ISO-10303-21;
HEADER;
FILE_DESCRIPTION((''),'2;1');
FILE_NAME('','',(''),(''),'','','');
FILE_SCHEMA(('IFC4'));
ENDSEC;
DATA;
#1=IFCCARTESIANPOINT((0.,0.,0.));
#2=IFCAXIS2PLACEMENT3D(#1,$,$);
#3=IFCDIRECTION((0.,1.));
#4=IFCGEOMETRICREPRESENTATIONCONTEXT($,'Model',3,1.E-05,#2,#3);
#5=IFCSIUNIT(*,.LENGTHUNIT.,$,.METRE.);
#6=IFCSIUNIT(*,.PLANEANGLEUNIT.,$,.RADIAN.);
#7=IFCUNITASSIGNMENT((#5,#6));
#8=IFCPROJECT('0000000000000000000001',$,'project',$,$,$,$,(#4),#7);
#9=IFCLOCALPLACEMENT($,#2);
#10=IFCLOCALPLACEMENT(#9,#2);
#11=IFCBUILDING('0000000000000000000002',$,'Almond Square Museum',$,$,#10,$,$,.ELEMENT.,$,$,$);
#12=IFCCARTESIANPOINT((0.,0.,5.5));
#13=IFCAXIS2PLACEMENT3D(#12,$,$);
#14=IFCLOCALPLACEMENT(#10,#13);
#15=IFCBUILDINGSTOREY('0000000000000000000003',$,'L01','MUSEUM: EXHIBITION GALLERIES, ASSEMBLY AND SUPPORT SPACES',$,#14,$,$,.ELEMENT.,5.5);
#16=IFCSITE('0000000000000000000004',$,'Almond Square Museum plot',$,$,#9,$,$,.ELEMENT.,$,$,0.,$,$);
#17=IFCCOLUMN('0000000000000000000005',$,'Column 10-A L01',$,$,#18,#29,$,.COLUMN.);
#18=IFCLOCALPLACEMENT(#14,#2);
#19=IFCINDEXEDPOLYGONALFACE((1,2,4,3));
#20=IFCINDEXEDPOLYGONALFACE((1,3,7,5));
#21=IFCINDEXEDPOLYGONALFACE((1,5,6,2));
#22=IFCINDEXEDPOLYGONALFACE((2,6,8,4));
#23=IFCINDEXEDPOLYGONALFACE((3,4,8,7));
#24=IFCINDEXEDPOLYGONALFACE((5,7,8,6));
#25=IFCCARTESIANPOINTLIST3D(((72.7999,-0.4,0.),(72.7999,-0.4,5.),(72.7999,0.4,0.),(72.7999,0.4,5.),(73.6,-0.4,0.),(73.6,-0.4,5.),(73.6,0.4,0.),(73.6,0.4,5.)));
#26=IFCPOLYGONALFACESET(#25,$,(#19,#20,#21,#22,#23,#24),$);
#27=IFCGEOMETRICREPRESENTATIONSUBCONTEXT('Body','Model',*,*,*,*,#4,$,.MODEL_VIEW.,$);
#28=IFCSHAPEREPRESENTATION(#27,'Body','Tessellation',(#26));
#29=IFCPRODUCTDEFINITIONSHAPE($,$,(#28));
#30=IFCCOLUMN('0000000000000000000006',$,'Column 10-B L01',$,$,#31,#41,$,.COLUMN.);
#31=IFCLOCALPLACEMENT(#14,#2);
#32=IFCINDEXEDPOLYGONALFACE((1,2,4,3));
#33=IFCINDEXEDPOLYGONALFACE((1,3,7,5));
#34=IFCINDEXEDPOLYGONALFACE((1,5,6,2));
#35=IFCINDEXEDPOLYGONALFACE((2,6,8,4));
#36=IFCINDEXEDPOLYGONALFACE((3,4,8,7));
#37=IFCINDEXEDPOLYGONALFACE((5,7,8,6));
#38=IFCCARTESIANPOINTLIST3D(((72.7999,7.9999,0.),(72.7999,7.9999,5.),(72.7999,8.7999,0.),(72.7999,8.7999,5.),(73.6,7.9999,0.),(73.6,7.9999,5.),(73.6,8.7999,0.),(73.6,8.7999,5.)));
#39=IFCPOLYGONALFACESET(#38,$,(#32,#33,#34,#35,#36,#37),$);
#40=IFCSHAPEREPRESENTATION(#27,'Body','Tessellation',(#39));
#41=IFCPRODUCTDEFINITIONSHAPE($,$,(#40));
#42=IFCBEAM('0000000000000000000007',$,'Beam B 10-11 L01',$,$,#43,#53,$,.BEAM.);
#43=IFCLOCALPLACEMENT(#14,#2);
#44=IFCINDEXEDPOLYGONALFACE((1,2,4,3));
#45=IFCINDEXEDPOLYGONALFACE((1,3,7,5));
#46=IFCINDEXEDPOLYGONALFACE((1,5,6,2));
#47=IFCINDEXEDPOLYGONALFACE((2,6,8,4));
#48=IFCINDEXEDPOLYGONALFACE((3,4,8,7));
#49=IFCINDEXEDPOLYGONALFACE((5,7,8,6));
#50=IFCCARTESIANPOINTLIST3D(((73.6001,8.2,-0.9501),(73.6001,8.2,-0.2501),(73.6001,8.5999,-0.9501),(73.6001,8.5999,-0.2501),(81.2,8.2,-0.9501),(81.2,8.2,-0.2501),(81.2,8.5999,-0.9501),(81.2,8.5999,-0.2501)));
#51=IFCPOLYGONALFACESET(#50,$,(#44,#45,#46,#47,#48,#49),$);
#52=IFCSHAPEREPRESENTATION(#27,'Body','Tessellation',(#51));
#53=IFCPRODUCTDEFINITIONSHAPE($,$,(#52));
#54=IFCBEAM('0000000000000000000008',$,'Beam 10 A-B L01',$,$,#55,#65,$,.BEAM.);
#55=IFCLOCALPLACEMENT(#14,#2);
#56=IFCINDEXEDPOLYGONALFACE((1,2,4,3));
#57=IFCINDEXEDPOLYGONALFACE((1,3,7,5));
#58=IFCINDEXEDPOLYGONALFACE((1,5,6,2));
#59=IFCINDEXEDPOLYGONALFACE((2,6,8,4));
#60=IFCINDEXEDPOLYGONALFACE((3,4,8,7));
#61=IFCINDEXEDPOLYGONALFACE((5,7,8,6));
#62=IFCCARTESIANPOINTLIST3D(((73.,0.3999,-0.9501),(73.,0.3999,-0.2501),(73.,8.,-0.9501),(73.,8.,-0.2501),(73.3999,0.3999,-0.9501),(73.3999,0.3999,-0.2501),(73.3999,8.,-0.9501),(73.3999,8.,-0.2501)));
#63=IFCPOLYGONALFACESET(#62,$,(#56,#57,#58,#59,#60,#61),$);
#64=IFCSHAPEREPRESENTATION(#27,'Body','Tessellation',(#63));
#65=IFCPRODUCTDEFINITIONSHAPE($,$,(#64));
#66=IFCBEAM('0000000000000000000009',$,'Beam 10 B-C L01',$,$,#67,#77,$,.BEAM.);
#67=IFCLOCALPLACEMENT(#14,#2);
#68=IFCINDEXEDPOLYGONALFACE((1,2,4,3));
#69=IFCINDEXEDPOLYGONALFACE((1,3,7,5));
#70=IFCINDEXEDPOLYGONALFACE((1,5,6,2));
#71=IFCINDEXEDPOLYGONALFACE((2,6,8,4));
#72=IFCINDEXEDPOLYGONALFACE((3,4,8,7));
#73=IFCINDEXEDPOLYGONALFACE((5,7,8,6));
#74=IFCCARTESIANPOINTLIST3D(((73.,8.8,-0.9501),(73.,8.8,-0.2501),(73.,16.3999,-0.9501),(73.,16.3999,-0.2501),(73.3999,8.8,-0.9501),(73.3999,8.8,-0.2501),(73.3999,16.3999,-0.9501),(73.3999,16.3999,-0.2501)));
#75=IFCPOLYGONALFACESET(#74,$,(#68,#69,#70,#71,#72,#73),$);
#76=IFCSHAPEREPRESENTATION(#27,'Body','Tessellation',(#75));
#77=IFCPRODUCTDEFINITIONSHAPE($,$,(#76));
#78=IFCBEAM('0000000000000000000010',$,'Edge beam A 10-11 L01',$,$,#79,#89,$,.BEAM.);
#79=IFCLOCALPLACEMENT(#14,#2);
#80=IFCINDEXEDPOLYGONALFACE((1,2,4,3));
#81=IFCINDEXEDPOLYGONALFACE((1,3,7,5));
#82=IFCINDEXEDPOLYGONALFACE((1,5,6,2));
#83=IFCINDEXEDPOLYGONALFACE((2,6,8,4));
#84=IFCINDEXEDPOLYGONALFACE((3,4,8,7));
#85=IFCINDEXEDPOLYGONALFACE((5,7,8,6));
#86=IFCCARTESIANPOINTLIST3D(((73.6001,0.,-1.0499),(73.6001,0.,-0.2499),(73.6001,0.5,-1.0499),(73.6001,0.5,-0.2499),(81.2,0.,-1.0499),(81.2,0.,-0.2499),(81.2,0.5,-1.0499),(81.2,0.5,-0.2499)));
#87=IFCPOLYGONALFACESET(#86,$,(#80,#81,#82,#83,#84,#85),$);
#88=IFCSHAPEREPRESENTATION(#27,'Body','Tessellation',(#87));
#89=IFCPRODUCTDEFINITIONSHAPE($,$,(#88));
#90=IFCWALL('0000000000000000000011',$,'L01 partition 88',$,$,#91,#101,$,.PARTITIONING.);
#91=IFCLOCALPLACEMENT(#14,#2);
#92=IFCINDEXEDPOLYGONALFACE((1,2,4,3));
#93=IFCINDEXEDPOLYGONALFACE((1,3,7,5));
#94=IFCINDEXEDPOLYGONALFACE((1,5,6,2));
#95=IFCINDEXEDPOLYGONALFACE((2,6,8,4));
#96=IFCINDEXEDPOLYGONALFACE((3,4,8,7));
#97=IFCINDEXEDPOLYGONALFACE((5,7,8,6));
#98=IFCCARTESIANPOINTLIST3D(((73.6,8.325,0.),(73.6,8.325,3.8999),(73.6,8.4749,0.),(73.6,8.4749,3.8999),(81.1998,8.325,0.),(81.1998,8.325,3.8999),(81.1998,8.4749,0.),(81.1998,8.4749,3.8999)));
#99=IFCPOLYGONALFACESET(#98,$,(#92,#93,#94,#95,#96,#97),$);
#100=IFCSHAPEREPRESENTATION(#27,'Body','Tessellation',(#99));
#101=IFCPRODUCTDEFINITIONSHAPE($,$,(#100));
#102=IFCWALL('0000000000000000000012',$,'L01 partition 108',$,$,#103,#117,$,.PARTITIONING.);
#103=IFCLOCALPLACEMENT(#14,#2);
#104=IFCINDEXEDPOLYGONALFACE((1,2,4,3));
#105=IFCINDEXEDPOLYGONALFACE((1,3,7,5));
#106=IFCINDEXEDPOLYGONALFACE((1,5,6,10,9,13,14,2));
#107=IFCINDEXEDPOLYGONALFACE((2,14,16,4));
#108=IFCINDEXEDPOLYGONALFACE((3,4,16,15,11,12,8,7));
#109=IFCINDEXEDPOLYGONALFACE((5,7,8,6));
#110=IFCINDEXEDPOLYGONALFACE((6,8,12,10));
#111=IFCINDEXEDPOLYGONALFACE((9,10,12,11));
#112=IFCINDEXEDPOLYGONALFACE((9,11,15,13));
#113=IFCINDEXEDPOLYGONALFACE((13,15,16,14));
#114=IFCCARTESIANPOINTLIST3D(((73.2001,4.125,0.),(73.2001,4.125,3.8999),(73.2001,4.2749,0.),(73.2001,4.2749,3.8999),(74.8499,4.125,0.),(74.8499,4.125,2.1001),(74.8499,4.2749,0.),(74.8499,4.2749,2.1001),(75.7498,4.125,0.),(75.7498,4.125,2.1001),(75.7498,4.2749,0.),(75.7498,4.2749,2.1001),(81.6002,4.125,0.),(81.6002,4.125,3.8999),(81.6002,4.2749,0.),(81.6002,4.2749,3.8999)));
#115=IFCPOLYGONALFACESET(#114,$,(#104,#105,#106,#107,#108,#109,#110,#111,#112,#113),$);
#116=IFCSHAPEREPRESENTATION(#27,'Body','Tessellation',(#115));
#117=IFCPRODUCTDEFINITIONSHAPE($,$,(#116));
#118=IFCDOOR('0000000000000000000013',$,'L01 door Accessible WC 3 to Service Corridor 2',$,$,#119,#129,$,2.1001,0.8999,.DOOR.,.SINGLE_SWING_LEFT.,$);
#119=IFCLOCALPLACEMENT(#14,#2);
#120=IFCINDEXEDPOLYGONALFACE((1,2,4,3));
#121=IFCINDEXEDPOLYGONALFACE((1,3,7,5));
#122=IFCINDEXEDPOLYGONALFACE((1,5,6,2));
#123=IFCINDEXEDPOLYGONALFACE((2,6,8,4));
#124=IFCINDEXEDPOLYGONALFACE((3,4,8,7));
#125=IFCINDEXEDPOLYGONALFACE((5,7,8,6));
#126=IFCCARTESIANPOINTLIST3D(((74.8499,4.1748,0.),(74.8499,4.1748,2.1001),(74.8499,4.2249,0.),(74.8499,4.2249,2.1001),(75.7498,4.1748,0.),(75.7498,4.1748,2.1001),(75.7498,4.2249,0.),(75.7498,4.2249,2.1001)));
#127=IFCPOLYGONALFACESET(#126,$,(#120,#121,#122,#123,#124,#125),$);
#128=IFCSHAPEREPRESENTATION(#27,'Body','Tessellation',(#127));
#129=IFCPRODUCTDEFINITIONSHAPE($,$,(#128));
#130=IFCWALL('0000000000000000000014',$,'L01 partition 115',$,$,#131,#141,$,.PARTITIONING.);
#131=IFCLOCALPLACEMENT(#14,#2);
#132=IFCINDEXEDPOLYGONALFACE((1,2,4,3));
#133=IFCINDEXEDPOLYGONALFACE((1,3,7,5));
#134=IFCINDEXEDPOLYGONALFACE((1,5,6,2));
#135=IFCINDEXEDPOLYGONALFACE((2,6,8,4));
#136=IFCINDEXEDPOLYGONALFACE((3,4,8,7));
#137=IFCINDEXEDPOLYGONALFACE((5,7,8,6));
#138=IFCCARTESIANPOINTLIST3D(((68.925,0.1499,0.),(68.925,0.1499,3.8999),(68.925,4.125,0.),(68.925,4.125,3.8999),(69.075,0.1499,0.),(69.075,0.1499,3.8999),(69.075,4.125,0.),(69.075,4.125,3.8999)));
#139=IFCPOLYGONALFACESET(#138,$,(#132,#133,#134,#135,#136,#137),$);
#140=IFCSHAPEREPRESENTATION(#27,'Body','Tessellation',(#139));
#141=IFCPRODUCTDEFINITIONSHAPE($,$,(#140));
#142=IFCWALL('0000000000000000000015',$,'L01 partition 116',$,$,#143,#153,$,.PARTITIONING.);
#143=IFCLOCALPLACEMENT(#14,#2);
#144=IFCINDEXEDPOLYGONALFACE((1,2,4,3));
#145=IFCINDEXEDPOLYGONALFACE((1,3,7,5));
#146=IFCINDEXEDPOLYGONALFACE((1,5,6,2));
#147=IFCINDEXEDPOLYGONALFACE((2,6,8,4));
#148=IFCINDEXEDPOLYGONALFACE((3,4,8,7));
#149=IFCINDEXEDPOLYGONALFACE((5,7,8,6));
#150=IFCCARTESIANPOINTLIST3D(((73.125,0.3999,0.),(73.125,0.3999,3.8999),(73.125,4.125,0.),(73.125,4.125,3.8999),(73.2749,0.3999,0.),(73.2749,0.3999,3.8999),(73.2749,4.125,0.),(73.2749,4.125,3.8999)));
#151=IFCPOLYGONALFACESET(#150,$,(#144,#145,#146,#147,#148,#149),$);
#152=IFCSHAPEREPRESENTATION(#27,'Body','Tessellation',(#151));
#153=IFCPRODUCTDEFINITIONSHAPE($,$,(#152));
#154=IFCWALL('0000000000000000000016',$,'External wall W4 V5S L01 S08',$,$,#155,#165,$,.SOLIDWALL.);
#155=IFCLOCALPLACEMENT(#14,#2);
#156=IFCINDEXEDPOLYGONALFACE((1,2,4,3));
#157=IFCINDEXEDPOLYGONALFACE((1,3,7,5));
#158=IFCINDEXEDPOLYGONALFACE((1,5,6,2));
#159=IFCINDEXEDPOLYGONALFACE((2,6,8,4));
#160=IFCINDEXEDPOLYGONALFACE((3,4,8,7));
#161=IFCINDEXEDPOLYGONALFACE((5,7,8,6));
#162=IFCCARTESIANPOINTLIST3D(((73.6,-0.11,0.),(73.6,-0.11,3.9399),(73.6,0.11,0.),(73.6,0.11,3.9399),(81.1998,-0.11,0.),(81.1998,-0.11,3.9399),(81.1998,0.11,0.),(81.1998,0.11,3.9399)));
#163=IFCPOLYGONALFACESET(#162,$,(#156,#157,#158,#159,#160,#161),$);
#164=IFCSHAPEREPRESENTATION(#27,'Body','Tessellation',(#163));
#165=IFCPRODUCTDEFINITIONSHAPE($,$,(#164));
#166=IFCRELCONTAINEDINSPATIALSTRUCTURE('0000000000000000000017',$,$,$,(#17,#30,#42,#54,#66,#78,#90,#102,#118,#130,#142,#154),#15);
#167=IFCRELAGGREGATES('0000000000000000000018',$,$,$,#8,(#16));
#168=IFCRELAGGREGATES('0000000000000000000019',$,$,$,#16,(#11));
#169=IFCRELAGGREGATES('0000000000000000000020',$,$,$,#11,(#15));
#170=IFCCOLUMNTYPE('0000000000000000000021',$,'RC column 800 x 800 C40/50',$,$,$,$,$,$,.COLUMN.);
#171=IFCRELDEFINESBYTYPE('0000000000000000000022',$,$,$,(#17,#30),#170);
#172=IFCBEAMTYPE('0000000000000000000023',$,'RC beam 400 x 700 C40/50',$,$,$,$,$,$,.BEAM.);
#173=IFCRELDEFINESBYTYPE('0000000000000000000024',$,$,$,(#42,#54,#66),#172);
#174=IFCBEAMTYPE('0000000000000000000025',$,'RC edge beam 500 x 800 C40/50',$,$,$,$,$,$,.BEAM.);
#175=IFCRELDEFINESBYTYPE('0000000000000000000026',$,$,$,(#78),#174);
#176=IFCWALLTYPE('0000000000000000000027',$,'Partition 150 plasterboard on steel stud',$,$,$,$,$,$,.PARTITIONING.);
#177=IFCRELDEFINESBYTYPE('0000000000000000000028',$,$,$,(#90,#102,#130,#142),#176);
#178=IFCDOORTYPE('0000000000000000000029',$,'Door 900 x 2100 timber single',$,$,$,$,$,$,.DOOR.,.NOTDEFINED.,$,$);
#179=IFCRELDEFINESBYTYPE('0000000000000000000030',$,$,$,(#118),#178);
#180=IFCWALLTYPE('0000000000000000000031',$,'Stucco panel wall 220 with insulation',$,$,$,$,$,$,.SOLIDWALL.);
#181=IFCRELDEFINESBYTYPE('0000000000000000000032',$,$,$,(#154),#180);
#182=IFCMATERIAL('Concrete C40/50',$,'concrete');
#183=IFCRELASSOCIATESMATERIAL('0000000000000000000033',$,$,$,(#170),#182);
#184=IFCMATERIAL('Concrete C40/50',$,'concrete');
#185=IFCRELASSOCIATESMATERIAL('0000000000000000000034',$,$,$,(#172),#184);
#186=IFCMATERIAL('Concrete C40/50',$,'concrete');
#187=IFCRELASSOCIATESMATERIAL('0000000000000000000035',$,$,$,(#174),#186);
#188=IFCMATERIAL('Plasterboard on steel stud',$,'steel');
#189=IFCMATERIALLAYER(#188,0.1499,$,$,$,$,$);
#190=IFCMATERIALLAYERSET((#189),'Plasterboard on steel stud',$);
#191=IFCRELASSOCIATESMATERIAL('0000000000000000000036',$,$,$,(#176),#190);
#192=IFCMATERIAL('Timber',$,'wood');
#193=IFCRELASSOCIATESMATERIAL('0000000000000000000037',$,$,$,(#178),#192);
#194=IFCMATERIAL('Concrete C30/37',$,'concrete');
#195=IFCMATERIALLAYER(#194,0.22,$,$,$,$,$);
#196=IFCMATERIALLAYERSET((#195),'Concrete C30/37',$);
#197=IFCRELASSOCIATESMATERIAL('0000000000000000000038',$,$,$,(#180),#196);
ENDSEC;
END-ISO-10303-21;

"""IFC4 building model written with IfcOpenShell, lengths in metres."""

from ifc_helpers import new_model, si_unit, direction, frame, frame_2d, origin, origin_2d, place, context, subcontext, project, spatial, rectangle, extrude, material, layer, layer_set, material_profile, profile_set, type_object, element, fill, save


model = new_model("IFC4")

# Units and contexts
model_context = context("Model", 3, precision=1e-05, world=origin(), true_north=direction((0.0, 1.0)))
body_context = subcontext(model_context, "Body", "Model", "MODEL_VIEW")
ifc_project = project(units=[si_unit("LENGTHUNIT", "METRE"), si_unit("PLANEANGLEUNIT", "RADIAN")], contexts=[model_context])

# Site, building, storey
site_placement = place(None, origin())
site = spatial("IfcSite", under=ifc_project, at=site_placement, Name="Almond Square Museum plot", CompositionType="ELEMENT", RefElevation=0.0)
building_placement = place(site_placement, origin())
building = spatial("IfcBuilding", under=site, at=building_placement, Name="Almond Square Museum", CompositionType="ELEMENT")
storey_placement = place(building_placement, frame((0.0, 0.0, 5.5)))
storey = spatial("IfcBuildingStorey", under=building, at=storey_placement, Name="L01", Description="MUSEUM: EXHIBITION GALLERIES, ASSEMBLY AND SUPPORT SPACES", CompositionType="ELEMENT", Elevation=5.5)

# Columns
ifc_material_1 = material(Name="Concrete C40/50", Category="concrete")
ifc_material_profile_1 = material_profile(ifc_material_1, rectangle(XDim=0.8, YDim=0.8, at=origin_2d()))
ifc_profile_set_1 = profile_set([ifc_material_profile_1], Name="Concrete C40/50")
column_type = type_object("IfcColumnType", Name="RC column 800 x 800 C40/50", PredefinedType="COLUMN", material=ifc_profile_set_1)
for number, where, z_axis, x_axis, name in (
    (1, (73.2, 0.0, 0.0), (0.0, 0.0, 1.0), (1.0, 0.0, 0.0), "Column 10-A L01"),
    (2, (73.2, 8.3999, 0.0), (0.0, 0.0, 1.0), (1.0, 0.0, 0.0), "Column 10-B L01"),
):
    element("IfcColumn", number, at=place(storey_placement, frame(where, z_axis=z_axis, x_axis=x_axis)), inside=storey, type_object=column_type, Name=name, PredefinedType="COLUMN", context=body_context, shape_type="SweptSolid", body=[
        extrude(rectangle(XDim=0.8, YDim=0.8, at=origin_2d()), origin(), (0.0, 0.0, 1.0), 5.0),
    ])

# Beams
ifc_material_2 = material(Name="Concrete C40/50", Category="concrete")
ifc_material_profile_2 = material_profile(ifc_material_2, rectangle(XDim=0.3999, YDim=0.7, at=origin_2d()))
ifc_profile_set_2 = profile_set([ifc_material_profile_2], Name="Concrete C40/50")
beam_type_1 = type_object("IfcBeamType", Name="RC beam 400 x 700 C40/50", PredefinedType="BEAM", material=ifc_profile_set_2)
beam_1_placement = place(storey_placement, frame((73.6001, 8.3999, -0.6001), z_axis=(1.0, 0.0, 0.0), x_axis=(0.0, 1.0, 0.0)))
element("IfcBeam", 3, at=beam_1_placement, inside=storey, type_object=beam_type_1, Name="Beam B 10-11 L01", PredefinedType="BEAM", context=body_context, shape_type="SweptSolid", body=[
    extrude(rectangle(XDim=0.3999, YDim=0.7, at=origin_2d()), origin(), (0.0, 0.0, 1.0), 7.5999),
])
beam_2_placement = place(storey_placement, frame((73.2, 0.3999, -0.6001), z_axis=(0.0, 1.0, 0.0), x_axis=(-1.0, 0.0, 0.0)))
element("IfcBeam", 4, at=beam_2_placement, inside=storey, type_object=beam_type_1, Name="Beam 10 A-B L01", PredefinedType="BEAM", context=body_context, shape_type="SweptSolid", body=[
    extrude(rectangle(XDim=0.3999, YDim=0.7, at=origin_2d()), origin(), (0.0, 0.0, 1.0), 7.6001),
])
beam_3_placement = place(storey_placement, frame((73.2, 8.8, -0.6001), z_axis=(0.0, 1.0, 0.0), x_axis=(-1.0, 0.0, 0.0)))
element("IfcBeam", 5, at=beam_3_placement, inside=storey, type_object=beam_type_1, Name="Beam 10 B-C L01", PredefinedType="BEAM", context=body_context, shape_type="SweptSolid", body=[
    extrude(rectangle(XDim=0.3999, YDim=0.7, at=origin_2d()), origin(), (0.0, 0.0, 1.0), 7.5999),
])
ifc_material_3 = material(Name="Concrete C40/50", Category="concrete")
ifc_material_profile_3 = material_profile(ifc_material_3, rectangle(XDim=0.5, YDim=0.8, at=origin_2d()))
ifc_profile_set_3 = profile_set([ifc_material_profile_3], Name="Concrete C40/50")
beam_type_2 = type_object("IfcBeamType", Name="RC edge beam 500 x 800 C40/50", PredefinedType="BEAM", material=ifc_profile_set_3)
beam_4_placement = place(storey_placement, frame((73.6001, 0.25, -0.6499), z_axis=(1.0, 0.0, 0.0), x_axis=(0.0, 1.0, 0.0)))
element("IfcBeam", 6, at=beam_4_placement, inside=storey, type_object=beam_type_2, Name="Edge beam A 10-11 L01", PredefinedType="BEAM", context=body_context, shape_type="SweptSolid", body=[
    extrude(rectangle(XDim=0.5, YDim=0.8, at=origin_2d()), origin(), (0.0, 0.0, 1.0), 7.5999),
])

# Wall
ifc_material_4 = material(Name="Plasterboard on steel stud", Category="steel")
ifc_layer_1 = layer(ifc_material_4, 0.1499)
ifc_layer_set_1 = layer_set([ifc_layer_1], Name="Plasterboard on steel stud")
wall_type_1 = type_object("IfcWallType", Name="Partition 150 plasterboard on steel stud", PredefinedType="PARTITIONING", material=ifc_layer_set_1)
wall_1_placement = place(storey_placement, frame((73.6001, 8.3999, 0.0), z_axis=(0.0, 0.0, 1.0), x_axis=(1.0, 0.0, 0.0)))
element("IfcWall", 7, at=wall_1_placement, inside=storey, type_object=wall_type_1, Name="L01 partition 88", PredefinedType="PARTITIONING", context=body_context, shape_type="SweptSolid", body=[
    extrude(rectangle(XDim=7.5999, YDim=0.1499, at=frame_2d((3.7998, 0.0))), origin(), (0.0, 0.0, 1.0), 3.8999),
])

# Wall, opening, door
wall_2_placement = place(storey_placement, frame((73.2, 4.2, 0.0), z_axis=(0.0, 0.0, 1.0), x_axis=(1.0, 0.0, 0.0)))
wall_2 = element("IfcWall", 8, at=wall_2_placement, inside=storey, type_object=wall_type_1, Name="L01 partition 108", PredefinedType="PARTITIONING", context=body_context, shape_type="SweptSolid", body=[
    extrude(rectangle(XDim=8.4001, YDim=0.1499, at=frame_2d((4.2002, 0.0))), origin(), (0.0, 0.0, 1.0), 3.8999),
])
opening_placement = place(wall_2_placement, frame((1.6499, 0.0, 0.0)))
opening = element("IfcOpeningElement", 9, at=opening_placement, cuts=wall_2, PredefinedType="OPENING", context=body_context, shape_type="SweptSolid", body=[
    extrude(rectangle(XDim=0.8999, YDim=2.1001, at=frame_2d((0.45, 1.05))), frame((0.0, 0.085, 0.0), z_axis=(0.0, -1.0, 0.0), x_axis=(1.0, 0.0, 0.0)), (0.0, 0.0, 1.0), 0.1699),
])
ifc_material_5 = material(Name="Timber", Category="wood")
door_type = type_object("IfcDoorType", Name="Door 900 x 2100 timber single", OperationType="NOTDEFINED", PredefinedType="DOOR", material=ifc_material_5)
door_placement = place(opening_placement, origin())
door = element("IfcDoor", 10, at=door_placement, inside=storey, type_object=door_type, Name="L01 door Accessible WC 3 to Service Corridor 2", OperationType="SINGLE_SWING_LEFT", OverallHeight=2.1001, OverallWidth=0.8999, PredefinedType="DOOR", context=body_context, shape_type="SweptSolid", body=[
    extrude(rectangle(XDim=0.8999, YDim=2.1001, at=frame_2d((0.45, 1.05))), frame((0.0, 0.0249, 0.0), z_axis=(0.0, -1.0, 0.0), x_axis=(1.0, 0.0, 0.0)), (0.0, 0.0, 1.0), 0.05),
])
fill(opening, door)

# Walls
wall_3_placement = place(storey_placement, frame((69.0, 0.1499, 0.0), z_axis=(0.0, 0.0, 1.0), x_axis=(0.0, 1.0, 0.0)))
element("IfcWall", 11, at=wall_3_placement, inside=storey, type_object=wall_type_1, Name="L01 partition 115", PredefinedType="PARTITIONING", context=body_context, shape_type="SweptSolid", body=[
    extrude(rectangle(XDim=3.9751, YDim=0.1499, at=frame_2d((1.9875, 0.0))), origin(), (0.0, 0.0, 1.0), 3.8999),
])
wall_4_placement = place(storey_placement, frame((73.2, 0.3999, 0.0), z_axis=(0.0, 0.0, 1.0), x_axis=(0.0, 1.0, 0.0)))
element("IfcWall", 12, at=wall_4_placement, inside=storey, type_object=wall_type_1, Name="L01 partition 116", PredefinedType="PARTITIONING", context=body_context, shape_type="SweptSolid", body=[
    extrude(rectangle(XDim=3.7251, YDim=0.1499, at=frame_2d((1.8625, 0.0))), origin(), (0.0, 0.0, 1.0), 3.8999),
])
ifc_material_6 = material(Name="Concrete C30/37", Category="concrete")
ifc_layer_2 = layer(ifc_material_6, 0.22)
ifc_layer_set_2 = layer_set([ifc_layer_2], Name="Concrete C30/37")
wall_type_2 = type_object("IfcWallType", Name="Stucco panel wall 220 with insulation", PredefinedType="SOLIDWALL", material=ifc_layer_set_2)
wall_5_placement = place(storey_placement, frame((73.6001, 0.0, 0.0), z_axis=(0.0, 0.0, 1.0), x_axis=(1.0, 0.0, 0.0)))
element("IfcWall", 13, at=wall_5_placement, inside=storey, type_object=wall_type_2, Name="External wall W4 V5S L01 S08", PredefinedType="SOLIDWALL", context=body_context, shape_type="SweptSolid", body=[
    extrude(rectangle(XDim=7.5999, YDim=0.22, at=frame_2d((3.7998, 0.0))), origin(), (0.0, 0.0, 1.0), 3.9399),
])

save(model, "model.ifc")
